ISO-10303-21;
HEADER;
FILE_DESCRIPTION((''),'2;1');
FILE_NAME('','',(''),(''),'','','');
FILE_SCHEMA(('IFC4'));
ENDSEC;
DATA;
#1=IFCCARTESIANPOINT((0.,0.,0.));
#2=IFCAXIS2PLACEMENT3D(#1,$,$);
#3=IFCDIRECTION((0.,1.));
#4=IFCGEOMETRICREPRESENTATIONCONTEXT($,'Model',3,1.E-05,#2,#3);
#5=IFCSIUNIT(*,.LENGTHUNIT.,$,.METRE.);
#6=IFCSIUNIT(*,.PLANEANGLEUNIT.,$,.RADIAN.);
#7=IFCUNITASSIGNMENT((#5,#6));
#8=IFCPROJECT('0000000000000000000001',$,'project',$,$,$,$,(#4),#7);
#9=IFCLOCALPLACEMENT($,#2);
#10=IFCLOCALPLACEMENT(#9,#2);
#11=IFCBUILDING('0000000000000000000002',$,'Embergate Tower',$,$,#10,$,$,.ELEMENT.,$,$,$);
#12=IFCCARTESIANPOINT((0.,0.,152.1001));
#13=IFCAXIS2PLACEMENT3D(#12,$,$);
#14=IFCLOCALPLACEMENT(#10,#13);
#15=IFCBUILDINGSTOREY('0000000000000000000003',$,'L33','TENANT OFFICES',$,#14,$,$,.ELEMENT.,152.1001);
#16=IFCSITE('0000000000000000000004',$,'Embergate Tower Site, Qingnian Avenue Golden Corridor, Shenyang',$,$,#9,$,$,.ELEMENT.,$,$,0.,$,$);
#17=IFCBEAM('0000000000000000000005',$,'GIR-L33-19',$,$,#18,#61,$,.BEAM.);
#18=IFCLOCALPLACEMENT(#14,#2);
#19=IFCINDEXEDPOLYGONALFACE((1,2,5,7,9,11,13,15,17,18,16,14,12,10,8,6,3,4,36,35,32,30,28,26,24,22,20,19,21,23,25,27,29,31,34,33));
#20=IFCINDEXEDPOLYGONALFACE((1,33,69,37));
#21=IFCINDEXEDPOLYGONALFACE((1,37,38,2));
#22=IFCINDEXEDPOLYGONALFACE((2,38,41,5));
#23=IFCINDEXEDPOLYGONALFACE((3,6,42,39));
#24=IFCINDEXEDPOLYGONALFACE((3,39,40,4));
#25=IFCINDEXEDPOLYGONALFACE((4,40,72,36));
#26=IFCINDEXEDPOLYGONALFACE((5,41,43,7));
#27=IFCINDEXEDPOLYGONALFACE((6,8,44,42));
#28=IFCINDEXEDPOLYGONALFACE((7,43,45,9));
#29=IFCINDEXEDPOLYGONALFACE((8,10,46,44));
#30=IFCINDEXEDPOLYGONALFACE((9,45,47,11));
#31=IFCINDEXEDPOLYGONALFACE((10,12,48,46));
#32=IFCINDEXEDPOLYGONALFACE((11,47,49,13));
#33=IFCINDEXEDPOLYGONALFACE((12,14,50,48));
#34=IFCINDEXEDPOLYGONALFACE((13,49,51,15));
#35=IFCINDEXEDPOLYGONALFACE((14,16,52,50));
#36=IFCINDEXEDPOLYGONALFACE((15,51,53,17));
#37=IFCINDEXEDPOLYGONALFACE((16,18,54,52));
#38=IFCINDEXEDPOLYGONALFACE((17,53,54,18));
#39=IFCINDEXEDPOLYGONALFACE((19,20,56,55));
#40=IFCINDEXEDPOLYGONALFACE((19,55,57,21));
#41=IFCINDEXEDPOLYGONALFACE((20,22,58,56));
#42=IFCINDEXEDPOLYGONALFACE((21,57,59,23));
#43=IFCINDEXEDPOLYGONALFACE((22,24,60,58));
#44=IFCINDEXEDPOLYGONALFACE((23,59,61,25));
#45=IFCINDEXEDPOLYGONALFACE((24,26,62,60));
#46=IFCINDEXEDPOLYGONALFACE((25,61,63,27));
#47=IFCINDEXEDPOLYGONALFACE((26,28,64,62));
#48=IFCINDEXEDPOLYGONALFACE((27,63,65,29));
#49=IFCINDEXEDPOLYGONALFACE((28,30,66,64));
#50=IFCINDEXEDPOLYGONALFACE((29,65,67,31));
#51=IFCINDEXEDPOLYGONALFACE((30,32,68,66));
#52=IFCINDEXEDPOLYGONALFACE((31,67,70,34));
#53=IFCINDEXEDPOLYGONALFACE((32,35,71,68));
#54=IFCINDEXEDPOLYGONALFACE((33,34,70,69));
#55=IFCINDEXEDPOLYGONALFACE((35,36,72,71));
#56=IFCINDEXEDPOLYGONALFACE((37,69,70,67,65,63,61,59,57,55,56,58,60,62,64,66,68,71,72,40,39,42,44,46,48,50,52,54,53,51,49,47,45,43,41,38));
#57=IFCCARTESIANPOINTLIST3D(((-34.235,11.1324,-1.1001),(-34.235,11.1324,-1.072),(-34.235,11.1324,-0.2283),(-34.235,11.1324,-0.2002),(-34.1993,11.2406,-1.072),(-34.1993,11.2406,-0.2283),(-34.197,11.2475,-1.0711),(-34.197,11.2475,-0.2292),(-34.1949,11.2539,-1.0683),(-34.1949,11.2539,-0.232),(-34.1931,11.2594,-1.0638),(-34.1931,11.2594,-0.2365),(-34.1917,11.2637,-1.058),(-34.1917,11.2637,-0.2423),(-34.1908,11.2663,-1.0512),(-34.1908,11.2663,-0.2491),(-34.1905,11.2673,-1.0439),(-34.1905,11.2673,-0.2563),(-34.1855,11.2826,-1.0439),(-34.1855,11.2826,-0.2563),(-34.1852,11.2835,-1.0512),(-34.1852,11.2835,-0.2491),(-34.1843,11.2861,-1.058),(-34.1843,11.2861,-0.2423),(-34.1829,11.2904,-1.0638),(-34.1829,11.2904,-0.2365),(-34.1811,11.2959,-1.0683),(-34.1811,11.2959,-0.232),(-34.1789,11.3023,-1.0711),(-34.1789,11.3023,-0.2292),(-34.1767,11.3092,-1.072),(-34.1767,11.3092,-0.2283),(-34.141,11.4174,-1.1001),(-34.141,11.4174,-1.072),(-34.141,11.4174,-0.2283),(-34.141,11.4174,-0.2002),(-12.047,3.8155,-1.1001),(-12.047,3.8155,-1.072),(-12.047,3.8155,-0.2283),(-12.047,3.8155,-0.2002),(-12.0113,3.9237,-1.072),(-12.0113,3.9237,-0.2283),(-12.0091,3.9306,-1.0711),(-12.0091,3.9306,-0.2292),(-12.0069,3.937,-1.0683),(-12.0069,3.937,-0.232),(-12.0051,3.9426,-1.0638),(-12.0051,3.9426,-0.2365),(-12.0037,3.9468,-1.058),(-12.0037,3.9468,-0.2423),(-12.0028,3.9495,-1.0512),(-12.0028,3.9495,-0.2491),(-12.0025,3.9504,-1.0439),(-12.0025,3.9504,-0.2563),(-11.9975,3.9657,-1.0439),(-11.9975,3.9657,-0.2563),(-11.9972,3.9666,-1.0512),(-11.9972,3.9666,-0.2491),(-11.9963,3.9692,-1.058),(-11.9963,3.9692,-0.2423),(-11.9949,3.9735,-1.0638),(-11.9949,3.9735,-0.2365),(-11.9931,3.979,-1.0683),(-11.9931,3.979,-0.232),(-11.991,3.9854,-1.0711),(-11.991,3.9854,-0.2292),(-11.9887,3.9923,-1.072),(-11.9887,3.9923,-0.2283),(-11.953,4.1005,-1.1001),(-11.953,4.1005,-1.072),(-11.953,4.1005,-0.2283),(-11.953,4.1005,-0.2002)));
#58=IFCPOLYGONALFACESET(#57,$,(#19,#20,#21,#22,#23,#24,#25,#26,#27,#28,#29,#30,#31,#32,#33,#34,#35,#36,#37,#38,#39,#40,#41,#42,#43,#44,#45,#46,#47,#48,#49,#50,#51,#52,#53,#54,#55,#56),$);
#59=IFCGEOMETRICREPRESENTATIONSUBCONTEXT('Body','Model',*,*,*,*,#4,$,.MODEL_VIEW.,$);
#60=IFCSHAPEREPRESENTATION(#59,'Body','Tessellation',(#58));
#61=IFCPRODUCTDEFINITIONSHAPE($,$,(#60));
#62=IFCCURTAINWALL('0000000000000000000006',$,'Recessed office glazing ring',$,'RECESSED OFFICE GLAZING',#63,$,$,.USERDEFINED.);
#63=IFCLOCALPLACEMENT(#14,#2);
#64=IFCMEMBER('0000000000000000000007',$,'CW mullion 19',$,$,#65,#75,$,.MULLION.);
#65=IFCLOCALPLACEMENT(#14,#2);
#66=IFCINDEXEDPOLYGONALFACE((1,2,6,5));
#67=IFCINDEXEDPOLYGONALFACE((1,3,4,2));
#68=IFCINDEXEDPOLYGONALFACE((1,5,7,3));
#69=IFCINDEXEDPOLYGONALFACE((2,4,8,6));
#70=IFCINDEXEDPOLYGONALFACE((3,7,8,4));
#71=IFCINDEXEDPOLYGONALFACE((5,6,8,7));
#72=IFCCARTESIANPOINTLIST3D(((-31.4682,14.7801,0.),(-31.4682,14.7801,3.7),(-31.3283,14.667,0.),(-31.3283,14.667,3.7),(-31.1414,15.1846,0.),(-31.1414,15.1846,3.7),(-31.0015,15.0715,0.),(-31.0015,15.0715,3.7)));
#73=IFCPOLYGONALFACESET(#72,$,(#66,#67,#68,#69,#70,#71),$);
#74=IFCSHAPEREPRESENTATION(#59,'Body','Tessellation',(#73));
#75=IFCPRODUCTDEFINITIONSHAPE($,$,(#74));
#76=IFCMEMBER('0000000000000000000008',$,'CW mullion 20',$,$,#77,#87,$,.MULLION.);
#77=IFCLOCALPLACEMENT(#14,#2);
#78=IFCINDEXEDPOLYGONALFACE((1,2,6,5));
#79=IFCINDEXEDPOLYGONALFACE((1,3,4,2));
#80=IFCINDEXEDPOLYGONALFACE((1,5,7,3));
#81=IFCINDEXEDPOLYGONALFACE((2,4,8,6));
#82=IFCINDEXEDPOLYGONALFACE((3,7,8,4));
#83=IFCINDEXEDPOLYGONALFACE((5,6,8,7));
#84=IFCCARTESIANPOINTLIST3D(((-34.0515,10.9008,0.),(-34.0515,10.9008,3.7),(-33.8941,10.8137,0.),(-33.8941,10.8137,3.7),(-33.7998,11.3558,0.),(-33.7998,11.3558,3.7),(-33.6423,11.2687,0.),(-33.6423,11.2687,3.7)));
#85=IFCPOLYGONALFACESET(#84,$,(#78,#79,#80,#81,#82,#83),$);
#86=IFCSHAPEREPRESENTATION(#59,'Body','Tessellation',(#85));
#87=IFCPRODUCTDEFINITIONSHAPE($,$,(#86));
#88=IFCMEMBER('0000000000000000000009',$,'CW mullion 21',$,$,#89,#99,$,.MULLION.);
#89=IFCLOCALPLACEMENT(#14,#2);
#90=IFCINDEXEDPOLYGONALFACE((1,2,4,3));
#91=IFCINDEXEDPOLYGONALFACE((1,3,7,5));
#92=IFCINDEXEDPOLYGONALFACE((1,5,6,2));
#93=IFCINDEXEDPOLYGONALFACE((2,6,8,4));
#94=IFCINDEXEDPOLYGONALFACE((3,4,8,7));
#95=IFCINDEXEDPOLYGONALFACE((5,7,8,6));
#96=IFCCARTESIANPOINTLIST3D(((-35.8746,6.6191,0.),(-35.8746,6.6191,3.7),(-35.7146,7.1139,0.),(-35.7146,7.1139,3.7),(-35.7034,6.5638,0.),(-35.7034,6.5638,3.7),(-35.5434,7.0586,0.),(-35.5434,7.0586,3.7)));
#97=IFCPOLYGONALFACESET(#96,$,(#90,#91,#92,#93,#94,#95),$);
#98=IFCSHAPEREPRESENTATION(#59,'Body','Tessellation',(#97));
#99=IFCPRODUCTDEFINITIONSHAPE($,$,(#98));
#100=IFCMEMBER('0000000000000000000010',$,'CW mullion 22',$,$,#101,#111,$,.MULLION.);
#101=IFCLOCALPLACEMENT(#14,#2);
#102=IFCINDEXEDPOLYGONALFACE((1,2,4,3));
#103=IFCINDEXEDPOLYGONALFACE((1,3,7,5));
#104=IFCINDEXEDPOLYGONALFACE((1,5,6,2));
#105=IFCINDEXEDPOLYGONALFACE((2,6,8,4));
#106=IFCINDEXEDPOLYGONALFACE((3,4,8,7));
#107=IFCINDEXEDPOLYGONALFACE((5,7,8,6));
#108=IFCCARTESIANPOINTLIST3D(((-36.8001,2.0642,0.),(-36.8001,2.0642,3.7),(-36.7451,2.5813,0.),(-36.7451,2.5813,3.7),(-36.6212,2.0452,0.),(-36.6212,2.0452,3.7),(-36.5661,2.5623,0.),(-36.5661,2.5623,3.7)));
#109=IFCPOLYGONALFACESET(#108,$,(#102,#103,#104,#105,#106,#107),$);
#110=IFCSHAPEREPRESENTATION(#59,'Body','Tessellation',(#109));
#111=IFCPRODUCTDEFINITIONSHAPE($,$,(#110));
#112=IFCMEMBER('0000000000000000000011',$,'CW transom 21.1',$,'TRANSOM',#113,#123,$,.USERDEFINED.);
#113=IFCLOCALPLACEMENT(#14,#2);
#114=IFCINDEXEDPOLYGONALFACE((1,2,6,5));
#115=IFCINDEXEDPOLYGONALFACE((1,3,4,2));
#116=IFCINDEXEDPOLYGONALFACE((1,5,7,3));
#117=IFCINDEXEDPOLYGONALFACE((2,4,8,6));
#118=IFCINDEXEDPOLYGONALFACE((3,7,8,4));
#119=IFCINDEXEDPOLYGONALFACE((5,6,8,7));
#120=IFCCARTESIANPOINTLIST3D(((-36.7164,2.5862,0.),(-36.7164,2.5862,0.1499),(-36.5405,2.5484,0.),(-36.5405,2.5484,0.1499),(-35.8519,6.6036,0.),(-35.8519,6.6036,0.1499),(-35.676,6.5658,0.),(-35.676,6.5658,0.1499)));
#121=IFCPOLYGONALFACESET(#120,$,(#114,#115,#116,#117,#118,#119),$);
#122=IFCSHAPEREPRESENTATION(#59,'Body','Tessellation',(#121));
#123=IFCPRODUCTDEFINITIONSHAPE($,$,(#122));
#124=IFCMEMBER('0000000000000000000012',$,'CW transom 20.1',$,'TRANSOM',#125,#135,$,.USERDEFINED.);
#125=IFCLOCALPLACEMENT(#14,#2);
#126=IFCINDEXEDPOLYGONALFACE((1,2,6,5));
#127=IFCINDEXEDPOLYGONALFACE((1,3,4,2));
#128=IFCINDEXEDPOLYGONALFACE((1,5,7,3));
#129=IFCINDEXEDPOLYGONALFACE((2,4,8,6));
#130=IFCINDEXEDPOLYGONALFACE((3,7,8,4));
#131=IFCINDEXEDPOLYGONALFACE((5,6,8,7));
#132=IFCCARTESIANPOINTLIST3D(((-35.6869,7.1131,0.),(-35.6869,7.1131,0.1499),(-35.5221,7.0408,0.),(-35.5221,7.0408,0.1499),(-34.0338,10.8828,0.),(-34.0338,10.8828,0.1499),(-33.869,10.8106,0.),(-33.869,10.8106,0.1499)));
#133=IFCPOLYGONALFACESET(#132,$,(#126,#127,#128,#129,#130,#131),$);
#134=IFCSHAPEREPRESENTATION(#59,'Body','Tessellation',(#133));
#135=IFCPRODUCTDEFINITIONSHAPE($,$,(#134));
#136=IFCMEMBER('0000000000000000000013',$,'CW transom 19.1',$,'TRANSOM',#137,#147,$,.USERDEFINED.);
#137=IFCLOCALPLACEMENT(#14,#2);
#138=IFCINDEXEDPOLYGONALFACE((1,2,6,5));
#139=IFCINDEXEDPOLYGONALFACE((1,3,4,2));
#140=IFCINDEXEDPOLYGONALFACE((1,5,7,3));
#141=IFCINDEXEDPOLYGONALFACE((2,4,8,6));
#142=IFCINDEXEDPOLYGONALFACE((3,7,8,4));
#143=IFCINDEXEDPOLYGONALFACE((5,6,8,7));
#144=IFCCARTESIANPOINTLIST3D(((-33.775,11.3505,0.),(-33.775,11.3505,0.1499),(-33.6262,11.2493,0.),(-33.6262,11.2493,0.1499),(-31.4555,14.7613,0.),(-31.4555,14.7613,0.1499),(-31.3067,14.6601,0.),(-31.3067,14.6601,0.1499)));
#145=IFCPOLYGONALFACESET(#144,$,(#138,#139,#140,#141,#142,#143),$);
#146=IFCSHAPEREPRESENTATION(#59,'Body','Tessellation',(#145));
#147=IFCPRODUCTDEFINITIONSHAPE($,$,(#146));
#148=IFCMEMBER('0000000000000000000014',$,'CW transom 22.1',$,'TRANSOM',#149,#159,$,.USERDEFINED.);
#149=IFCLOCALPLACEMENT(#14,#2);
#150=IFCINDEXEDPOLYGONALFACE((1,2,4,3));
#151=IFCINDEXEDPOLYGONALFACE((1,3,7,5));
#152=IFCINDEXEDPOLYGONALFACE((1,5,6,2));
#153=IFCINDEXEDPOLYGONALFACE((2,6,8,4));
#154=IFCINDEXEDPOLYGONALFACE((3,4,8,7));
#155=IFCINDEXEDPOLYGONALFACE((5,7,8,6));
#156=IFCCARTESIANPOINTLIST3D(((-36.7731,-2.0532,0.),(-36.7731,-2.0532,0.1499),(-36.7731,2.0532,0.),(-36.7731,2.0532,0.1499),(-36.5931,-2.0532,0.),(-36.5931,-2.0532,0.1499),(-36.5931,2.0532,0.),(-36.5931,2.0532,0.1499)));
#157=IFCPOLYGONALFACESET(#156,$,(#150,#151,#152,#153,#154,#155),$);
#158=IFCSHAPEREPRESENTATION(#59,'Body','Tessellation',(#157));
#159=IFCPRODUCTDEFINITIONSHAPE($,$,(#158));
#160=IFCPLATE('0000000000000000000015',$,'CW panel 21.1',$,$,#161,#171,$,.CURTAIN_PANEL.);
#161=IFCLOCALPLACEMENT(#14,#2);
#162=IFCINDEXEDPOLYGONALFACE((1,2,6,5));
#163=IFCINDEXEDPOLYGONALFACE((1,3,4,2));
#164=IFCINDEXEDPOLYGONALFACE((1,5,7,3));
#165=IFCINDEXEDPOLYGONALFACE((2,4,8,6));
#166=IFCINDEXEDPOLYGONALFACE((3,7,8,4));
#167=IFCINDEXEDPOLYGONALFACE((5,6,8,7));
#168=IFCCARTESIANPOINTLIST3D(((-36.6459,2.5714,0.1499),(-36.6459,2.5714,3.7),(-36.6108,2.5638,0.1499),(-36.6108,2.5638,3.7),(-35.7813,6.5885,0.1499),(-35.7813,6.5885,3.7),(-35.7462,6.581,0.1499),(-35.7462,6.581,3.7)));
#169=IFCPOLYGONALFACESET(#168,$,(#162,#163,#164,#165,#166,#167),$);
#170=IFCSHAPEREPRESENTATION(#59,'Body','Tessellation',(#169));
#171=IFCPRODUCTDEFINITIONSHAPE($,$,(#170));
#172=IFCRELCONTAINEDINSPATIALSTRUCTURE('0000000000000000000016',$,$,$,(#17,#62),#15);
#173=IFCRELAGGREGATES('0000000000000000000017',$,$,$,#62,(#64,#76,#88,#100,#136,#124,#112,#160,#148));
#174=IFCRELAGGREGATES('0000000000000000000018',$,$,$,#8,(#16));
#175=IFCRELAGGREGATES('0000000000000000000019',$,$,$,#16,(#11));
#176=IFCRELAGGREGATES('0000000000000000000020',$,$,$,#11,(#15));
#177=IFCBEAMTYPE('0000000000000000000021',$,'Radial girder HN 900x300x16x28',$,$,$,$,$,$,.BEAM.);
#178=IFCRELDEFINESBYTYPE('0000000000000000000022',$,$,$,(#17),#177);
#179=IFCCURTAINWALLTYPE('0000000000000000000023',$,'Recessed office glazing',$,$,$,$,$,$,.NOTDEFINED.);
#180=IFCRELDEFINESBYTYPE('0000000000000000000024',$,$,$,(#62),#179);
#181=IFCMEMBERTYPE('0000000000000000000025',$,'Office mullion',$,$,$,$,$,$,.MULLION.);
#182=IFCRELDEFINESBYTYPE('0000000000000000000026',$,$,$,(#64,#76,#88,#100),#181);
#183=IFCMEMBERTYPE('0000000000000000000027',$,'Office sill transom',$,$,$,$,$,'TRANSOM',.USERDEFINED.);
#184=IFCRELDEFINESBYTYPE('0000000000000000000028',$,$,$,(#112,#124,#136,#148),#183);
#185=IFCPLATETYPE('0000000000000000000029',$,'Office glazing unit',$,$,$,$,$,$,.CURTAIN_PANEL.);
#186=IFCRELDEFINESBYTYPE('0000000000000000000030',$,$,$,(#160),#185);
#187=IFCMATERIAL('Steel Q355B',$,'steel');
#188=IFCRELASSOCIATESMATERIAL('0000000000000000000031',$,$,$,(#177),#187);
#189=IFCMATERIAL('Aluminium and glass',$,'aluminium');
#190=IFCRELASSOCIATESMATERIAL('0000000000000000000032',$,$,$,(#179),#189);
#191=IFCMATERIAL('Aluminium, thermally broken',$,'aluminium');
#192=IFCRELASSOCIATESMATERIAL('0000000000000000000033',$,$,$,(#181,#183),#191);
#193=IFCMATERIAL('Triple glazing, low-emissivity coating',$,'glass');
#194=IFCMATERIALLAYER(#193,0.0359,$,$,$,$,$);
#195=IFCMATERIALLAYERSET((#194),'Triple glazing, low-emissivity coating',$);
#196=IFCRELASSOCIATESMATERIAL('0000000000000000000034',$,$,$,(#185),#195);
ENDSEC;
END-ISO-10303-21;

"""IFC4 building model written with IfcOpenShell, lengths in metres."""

from ifc_helpers import new_model, si_unit, direction, frame, origin, origin_2d, place, context, subcontext, project, spatial, rectangle, i_section, extrude, source, transform, mapped, material, layer, layer_set, material_profile, profile_set, type_object, element, aggregate, save


model = new_model("IFC4")

# Units and contexts
model_context = context("Model", 3, precision=1e-05, world=origin(), true_north=direction((0.0, 1.0)))
body_context = subcontext(model_context, "Body", "Model", "MODEL_VIEW")
ifc_project = project(units=[si_unit("LENGTHUNIT", "METRE"), si_unit("PLANEANGLEUNIT", "RADIAN")], contexts=[model_context])

# Site, building, storey
site_placement = place(None, origin())
site = spatial("IfcSite", under=ifc_project, at=site_placement, Name="Embergate Tower Site, Qingnian Avenue Golden Corridor, Shenyang", CompositionType="ELEMENT", RefElevation=0.0)
building_placement = place(site_placement, origin())
building = spatial("IfcBuilding", under=site, at=building_placement, Name="Embergate Tower", CompositionType="ELEMENT")
storey_placement = place(building_placement, frame((0.0, 0.0, 152.1001)))
storey = spatial("IfcBuildingStorey", under=building, at=storey_placement, Name="L33", Description="TENANT OFFICES", CompositionType="ELEMENT", Elevation=152.1001)

# Beam
ifc_material_1 = material(Name="Steel Q355B", Category="steel")
ifc_material_profile_1 = material_profile(ifc_material_1, i_section(OverallWidth=0.3, OverallDepth=0.8999, WebThickness=0.0161, FlangeThickness=0.0281, FilletRadius=0.0281, at=origin_2d()), Name="HN 900x300x16x28")
ifc_profile_set_1 = profile_set([ifc_material_profile_1], Name="Steel Q355 grade B")
beam_type_1 = type_object("IfcBeamType", Name="Radial girder HN 900x300x16x28", PredefinedType="BEAM", material=ifc_profile_set_1)
shared_shape_1 = source(origin(), body_context, "Body", "SweptSolid", [
    extrude(i_section(OverallWidth=0.3, OverallDepth=0.8999, WebThickness=0.0161, FlangeThickness=0.0281, FilletRadius=0.0281, at=origin_2d()), origin(), (0.0, 0.0, 1.0), 23.3633),
])
beam_1_placement = place(storey_placement, frame((-34.188, 11.2749, -0.6501), z_axis=(0.949694, -0.313179, 0.0), x_axis=(0.313179, 0.949694, 0.0)))
element("IfcBeam", 1, at=beam_1_placement, inside=storey, type_object=beam_type_1, Name="GIR-L33-19", PredefinedType="BEAM", context=body_context, shape_type="MappedRepresentation", body=[
    mapped(shared_shape_1, transform((0.0, 0.0, 0.0))),
])

# Curtain wall, members, plate
ifc_material_2 = material(Name="Aluminium and glass", Category="aluminium")
curtain_wall_type = type_object("IfcCurtainWallType", Name="Recessed office glazing", PredefinedType="NOTDEFINED", material=ifc_material_2)
curtain_wall_placement = place(storey_placement, origin())
curtain_wall = element("IfcCurtainWall", 2, at=curtain_wall_placement, inside=storey, type_object=curtain_wall_type, Name="Recessed office glazing ring", ObjectType="RECESSED OFFICE GLAZING", PredefinedType="USERDEFINED")
ifc_material_3 = material(Name="Aluminium, thermally broken", Category="aluminium")
ifc_material_profile_2 = material_profile(ifc_material_3, rectangle(XDim=0.1799, YDim=0.52, at=origin_2d()), Name="AL 520x180")
ifc_profile_set_2 = profile_set([ifc_material_profile_2], Name="Aluminium, thermally broken")
member_type_1 = type_object("IfcMemberType", Name="Office mullion", PredefinedType="MULLION", material=ifc_profile_set_2)
shared_shape_2 = source(origin(), body_context, "Body", "SweptSolid", [
    extrude(rectangle(XDim=0.1799, YDim=0.52, at=origin_2d()), origin(), (0.0, 0.0, 1.0), 3.7),
])
member_1_placement = place(storey_placement, frame((-31.2349, 14.9258, 0.0), z_axis=(0.0, 0.0, 1.0), x_axis=(0.777873, -0.628422, 0.0)))
member_1 = element("IfcMember", 3, at=member_1_placement, type_object=member_type_1, Name="CW mullion 19", PredefinedType="MULLION", context=body_context, shape_type="MappedRepresentation", body=[
    mapped(shared_shape_2, transform((0.0, 0.0, 0.0))),
])
member_2_placement = place(storey_placement, frame((-33.8469, 11.0847, 0.0), z_axis=(0.0, 0.0, 1.0), x_axis=(0.875002, -0.484119, 0.0)))
member_2 = element("IfcMember", 4, at=member_2_placement, type_object=member_type_1, Name="CW mullion 20", PredefinedType="MULLION", context=body_context, shape_type="MappedRepresentation", body=[
    mapped(shared_shape_2, transform((0.0, 0.0, 0.0))),
])
member_3_placement = place(storey_placement, frame((-35.709, 6.8389, 0.0), z_axis=(0.0, 0.0, 1.0), x_axis=(0.951498, -0.307654, 0.0)))
member_3 = element("IfcMember", 5, at=member_3_placement, type_object=member_type_1, Name="CW mullion 21", PredefinedType="MULLION", context=body_context, shape_type="MappedRepresentation", body=[
    mapped(shared_shape_2, transform((0.0, 0.0, 0.0))),
])
member_4_placement = place(storey_placement, frame((-36.6831, 2.3132, 0.0), z_axis=(0.0, 0.0, 1.0), x_axis=(0.994385, -0.105823, 0.0)))
member_4 = element("IfcMember", 6, at=member_4_placement, type_object=member_type_1, Name="CW mullion 22", PredefinedType="MULLION", context=body_context, shape_type="MappedRepresentation", body=[
    mapped(shared_shape_2, transform((0.0, 0.0, 0.0))),
])
ifc_material_profile_3 = material_profile(ifc_material_3, rectangle(XDim=0.1799, YDim=0.1499, at=origin_2d()), Name="AL 150x180")
ifc_profile_set_3 = profile_set([ifc_material_profile_3], Name="Aluminium, thermally broken")
member_type_2 = type_object("IfcMemberType", Name="Office sill transom", ElementType="TRANSOM", PredefinedType="USERDEFINED", material=ifc_profile_set_3)
shared_shape_3 = source(origin(), body_context, "Body", "SweptSolid", [
    extrude(rectangle(XDim=0.1799, YDim=0.1499, at=origin_2d()), origin(), (0.0, 0.0, 1.0), 4.1094),
])
member_5_placement = place(storey_placement, frame((-35.7639, 6.5847, 0.075), z_axis=(-0.210377, -0.97762, 0.0), x_axis=(0.97762, -0.210377, 0.0)))
member_5 = element("IfcMember", 7, at=member_5_placement, type_object=member_type_2, Name="CW transom 21.1", ObjectType="TRANSOM", PredefinedType="USERDEFINED", context=body_context, shape_type="MappedRepresentation", body=[
    mapped(shared_shape_3, transform((0.0, 0.0, 0.0))),
])
shared_shape_4 = source(origin(), body_context, "Body", "SweptSolid", [
    extrude(rectangle(XDim=0.1799, YDim=0.1499, at=origin_2d()), origin(), (0.0, 0.0, 1.0), 4.1162),
])
member_6_placement = place(storey_placement, frame((-33.9514, 10.8467, 0.075), z_axis=(-0.401593, -0.915818, 0.0), x_axis=(0.915818, -0.401593, 0.0)))
member_6 = element("IfcMember", 8, at=member_6_placement, type_object=member_type_2, Name="CW transom 20.1", ObjectType="TRANSOM", PredefinedType="USERDEFINED", context=body_context, shape_type="MappedRepresentation", body=[
    mapped(shared_shape_4, transform((0.0, 0.0, 0.0))),
])
shared_shape_5 = source(origin(), body_context, "Body", "SweptSolid", [
    extrude(rectangle(XDim=0.1799, YDim=0.1499, at=origin_2d()), origin(), (0.0, 0.0, 1.0), 4.1248),
])
member_7_placement = place(storey_placement, frame((-31.3811, 14.7107, 0.075), z_axis=(-0.562339, -0.826907, 0.0), x_axis=(0.826907, -0.562339, 0.0)))
member_7 = element("IfcMember", 9, at=member_7_placement, type_object=member_type_2, Name="CW transom 19.1", ObjectType="TRANSOM", PredefinedType="USERDEFINED", context=body_context, shape_type="MappedRepresentation", body=[
    mapped(shared_shape_5, transform((0.0, 0.0, 0.0))),
])
shared_shape_6 = source(origin(), body_context, "Body", "SweptSolid", [
    extrude(rectangle(XDim=0.1799, YDim=0.1499, at=origin_2d()), origin(), (0.0, 0.0, 1.0), 4.1064),
])
member_8_placement = place(storey_placement, frame((-36.6831, 2.0532, 0.075), z_axis=(0.0, -1.0, 0.0), x_axis=(1.0, 0.0, 0.0)))
member_8 = element("IfcMember", 10, at=member_8_placement, type_object=member_type_2, Name="CW transom 22.1", ObjectType="TRANSOM", PredefinedType="USERDEFINED", context=body_context, shape_type="MappedRepresentation", body=[
    mapped(shared_shape_6, transform((0.0, 0.0, 0.0))),
])
ifc_material_4 = material(Name="Triple glazing, low-emissivity coating", Category="glass")
ifc_layer_1 = layer(ifc_material_4, 0.0359)
ifc_layer_set_1 = layer_set([ifc_layer_1], Name="Triple glazing, low-emissivity coating")
plate_type = type_object("IfcPlateType", Name="Office glazing unit", PredefinedType="CURTAIN_PANEL", material=ifc_layer_set_1)
shared_shape_7 = source(origin(), body_context, "Body", "SweptSolid", [
    extrude(rectangle(XDim=4.1091, YDim=0.0359, at=origin_2d()), origin(), (0.0, 0.0, 1.0), 3.55),
])
plate_1_placement = place(storey_placement, frame((-36.196, 4.5762, 0.1499), z_axis=(0.0, 0.0, 1.0), x_axis=(-0.210398, -0.977616, 0.0)))
plate_1 = element("IfcPlate", 11, at=plate_1_placement, type_object=plate_type, Name="CW panel 21.1", PredefinedType="CURTAIN_PANEL", context=body_context, shape_type="MappedRepresentation", body=[
    mapped(shared_shape_7, transform((0.0, 0.0, 0.0))),
])
aggregate(curtain_wall, [member_1, member_2, member_3, member_4, member_7, member_6, member_5, plate_1, member_8])

save(model, "model.ifc")
